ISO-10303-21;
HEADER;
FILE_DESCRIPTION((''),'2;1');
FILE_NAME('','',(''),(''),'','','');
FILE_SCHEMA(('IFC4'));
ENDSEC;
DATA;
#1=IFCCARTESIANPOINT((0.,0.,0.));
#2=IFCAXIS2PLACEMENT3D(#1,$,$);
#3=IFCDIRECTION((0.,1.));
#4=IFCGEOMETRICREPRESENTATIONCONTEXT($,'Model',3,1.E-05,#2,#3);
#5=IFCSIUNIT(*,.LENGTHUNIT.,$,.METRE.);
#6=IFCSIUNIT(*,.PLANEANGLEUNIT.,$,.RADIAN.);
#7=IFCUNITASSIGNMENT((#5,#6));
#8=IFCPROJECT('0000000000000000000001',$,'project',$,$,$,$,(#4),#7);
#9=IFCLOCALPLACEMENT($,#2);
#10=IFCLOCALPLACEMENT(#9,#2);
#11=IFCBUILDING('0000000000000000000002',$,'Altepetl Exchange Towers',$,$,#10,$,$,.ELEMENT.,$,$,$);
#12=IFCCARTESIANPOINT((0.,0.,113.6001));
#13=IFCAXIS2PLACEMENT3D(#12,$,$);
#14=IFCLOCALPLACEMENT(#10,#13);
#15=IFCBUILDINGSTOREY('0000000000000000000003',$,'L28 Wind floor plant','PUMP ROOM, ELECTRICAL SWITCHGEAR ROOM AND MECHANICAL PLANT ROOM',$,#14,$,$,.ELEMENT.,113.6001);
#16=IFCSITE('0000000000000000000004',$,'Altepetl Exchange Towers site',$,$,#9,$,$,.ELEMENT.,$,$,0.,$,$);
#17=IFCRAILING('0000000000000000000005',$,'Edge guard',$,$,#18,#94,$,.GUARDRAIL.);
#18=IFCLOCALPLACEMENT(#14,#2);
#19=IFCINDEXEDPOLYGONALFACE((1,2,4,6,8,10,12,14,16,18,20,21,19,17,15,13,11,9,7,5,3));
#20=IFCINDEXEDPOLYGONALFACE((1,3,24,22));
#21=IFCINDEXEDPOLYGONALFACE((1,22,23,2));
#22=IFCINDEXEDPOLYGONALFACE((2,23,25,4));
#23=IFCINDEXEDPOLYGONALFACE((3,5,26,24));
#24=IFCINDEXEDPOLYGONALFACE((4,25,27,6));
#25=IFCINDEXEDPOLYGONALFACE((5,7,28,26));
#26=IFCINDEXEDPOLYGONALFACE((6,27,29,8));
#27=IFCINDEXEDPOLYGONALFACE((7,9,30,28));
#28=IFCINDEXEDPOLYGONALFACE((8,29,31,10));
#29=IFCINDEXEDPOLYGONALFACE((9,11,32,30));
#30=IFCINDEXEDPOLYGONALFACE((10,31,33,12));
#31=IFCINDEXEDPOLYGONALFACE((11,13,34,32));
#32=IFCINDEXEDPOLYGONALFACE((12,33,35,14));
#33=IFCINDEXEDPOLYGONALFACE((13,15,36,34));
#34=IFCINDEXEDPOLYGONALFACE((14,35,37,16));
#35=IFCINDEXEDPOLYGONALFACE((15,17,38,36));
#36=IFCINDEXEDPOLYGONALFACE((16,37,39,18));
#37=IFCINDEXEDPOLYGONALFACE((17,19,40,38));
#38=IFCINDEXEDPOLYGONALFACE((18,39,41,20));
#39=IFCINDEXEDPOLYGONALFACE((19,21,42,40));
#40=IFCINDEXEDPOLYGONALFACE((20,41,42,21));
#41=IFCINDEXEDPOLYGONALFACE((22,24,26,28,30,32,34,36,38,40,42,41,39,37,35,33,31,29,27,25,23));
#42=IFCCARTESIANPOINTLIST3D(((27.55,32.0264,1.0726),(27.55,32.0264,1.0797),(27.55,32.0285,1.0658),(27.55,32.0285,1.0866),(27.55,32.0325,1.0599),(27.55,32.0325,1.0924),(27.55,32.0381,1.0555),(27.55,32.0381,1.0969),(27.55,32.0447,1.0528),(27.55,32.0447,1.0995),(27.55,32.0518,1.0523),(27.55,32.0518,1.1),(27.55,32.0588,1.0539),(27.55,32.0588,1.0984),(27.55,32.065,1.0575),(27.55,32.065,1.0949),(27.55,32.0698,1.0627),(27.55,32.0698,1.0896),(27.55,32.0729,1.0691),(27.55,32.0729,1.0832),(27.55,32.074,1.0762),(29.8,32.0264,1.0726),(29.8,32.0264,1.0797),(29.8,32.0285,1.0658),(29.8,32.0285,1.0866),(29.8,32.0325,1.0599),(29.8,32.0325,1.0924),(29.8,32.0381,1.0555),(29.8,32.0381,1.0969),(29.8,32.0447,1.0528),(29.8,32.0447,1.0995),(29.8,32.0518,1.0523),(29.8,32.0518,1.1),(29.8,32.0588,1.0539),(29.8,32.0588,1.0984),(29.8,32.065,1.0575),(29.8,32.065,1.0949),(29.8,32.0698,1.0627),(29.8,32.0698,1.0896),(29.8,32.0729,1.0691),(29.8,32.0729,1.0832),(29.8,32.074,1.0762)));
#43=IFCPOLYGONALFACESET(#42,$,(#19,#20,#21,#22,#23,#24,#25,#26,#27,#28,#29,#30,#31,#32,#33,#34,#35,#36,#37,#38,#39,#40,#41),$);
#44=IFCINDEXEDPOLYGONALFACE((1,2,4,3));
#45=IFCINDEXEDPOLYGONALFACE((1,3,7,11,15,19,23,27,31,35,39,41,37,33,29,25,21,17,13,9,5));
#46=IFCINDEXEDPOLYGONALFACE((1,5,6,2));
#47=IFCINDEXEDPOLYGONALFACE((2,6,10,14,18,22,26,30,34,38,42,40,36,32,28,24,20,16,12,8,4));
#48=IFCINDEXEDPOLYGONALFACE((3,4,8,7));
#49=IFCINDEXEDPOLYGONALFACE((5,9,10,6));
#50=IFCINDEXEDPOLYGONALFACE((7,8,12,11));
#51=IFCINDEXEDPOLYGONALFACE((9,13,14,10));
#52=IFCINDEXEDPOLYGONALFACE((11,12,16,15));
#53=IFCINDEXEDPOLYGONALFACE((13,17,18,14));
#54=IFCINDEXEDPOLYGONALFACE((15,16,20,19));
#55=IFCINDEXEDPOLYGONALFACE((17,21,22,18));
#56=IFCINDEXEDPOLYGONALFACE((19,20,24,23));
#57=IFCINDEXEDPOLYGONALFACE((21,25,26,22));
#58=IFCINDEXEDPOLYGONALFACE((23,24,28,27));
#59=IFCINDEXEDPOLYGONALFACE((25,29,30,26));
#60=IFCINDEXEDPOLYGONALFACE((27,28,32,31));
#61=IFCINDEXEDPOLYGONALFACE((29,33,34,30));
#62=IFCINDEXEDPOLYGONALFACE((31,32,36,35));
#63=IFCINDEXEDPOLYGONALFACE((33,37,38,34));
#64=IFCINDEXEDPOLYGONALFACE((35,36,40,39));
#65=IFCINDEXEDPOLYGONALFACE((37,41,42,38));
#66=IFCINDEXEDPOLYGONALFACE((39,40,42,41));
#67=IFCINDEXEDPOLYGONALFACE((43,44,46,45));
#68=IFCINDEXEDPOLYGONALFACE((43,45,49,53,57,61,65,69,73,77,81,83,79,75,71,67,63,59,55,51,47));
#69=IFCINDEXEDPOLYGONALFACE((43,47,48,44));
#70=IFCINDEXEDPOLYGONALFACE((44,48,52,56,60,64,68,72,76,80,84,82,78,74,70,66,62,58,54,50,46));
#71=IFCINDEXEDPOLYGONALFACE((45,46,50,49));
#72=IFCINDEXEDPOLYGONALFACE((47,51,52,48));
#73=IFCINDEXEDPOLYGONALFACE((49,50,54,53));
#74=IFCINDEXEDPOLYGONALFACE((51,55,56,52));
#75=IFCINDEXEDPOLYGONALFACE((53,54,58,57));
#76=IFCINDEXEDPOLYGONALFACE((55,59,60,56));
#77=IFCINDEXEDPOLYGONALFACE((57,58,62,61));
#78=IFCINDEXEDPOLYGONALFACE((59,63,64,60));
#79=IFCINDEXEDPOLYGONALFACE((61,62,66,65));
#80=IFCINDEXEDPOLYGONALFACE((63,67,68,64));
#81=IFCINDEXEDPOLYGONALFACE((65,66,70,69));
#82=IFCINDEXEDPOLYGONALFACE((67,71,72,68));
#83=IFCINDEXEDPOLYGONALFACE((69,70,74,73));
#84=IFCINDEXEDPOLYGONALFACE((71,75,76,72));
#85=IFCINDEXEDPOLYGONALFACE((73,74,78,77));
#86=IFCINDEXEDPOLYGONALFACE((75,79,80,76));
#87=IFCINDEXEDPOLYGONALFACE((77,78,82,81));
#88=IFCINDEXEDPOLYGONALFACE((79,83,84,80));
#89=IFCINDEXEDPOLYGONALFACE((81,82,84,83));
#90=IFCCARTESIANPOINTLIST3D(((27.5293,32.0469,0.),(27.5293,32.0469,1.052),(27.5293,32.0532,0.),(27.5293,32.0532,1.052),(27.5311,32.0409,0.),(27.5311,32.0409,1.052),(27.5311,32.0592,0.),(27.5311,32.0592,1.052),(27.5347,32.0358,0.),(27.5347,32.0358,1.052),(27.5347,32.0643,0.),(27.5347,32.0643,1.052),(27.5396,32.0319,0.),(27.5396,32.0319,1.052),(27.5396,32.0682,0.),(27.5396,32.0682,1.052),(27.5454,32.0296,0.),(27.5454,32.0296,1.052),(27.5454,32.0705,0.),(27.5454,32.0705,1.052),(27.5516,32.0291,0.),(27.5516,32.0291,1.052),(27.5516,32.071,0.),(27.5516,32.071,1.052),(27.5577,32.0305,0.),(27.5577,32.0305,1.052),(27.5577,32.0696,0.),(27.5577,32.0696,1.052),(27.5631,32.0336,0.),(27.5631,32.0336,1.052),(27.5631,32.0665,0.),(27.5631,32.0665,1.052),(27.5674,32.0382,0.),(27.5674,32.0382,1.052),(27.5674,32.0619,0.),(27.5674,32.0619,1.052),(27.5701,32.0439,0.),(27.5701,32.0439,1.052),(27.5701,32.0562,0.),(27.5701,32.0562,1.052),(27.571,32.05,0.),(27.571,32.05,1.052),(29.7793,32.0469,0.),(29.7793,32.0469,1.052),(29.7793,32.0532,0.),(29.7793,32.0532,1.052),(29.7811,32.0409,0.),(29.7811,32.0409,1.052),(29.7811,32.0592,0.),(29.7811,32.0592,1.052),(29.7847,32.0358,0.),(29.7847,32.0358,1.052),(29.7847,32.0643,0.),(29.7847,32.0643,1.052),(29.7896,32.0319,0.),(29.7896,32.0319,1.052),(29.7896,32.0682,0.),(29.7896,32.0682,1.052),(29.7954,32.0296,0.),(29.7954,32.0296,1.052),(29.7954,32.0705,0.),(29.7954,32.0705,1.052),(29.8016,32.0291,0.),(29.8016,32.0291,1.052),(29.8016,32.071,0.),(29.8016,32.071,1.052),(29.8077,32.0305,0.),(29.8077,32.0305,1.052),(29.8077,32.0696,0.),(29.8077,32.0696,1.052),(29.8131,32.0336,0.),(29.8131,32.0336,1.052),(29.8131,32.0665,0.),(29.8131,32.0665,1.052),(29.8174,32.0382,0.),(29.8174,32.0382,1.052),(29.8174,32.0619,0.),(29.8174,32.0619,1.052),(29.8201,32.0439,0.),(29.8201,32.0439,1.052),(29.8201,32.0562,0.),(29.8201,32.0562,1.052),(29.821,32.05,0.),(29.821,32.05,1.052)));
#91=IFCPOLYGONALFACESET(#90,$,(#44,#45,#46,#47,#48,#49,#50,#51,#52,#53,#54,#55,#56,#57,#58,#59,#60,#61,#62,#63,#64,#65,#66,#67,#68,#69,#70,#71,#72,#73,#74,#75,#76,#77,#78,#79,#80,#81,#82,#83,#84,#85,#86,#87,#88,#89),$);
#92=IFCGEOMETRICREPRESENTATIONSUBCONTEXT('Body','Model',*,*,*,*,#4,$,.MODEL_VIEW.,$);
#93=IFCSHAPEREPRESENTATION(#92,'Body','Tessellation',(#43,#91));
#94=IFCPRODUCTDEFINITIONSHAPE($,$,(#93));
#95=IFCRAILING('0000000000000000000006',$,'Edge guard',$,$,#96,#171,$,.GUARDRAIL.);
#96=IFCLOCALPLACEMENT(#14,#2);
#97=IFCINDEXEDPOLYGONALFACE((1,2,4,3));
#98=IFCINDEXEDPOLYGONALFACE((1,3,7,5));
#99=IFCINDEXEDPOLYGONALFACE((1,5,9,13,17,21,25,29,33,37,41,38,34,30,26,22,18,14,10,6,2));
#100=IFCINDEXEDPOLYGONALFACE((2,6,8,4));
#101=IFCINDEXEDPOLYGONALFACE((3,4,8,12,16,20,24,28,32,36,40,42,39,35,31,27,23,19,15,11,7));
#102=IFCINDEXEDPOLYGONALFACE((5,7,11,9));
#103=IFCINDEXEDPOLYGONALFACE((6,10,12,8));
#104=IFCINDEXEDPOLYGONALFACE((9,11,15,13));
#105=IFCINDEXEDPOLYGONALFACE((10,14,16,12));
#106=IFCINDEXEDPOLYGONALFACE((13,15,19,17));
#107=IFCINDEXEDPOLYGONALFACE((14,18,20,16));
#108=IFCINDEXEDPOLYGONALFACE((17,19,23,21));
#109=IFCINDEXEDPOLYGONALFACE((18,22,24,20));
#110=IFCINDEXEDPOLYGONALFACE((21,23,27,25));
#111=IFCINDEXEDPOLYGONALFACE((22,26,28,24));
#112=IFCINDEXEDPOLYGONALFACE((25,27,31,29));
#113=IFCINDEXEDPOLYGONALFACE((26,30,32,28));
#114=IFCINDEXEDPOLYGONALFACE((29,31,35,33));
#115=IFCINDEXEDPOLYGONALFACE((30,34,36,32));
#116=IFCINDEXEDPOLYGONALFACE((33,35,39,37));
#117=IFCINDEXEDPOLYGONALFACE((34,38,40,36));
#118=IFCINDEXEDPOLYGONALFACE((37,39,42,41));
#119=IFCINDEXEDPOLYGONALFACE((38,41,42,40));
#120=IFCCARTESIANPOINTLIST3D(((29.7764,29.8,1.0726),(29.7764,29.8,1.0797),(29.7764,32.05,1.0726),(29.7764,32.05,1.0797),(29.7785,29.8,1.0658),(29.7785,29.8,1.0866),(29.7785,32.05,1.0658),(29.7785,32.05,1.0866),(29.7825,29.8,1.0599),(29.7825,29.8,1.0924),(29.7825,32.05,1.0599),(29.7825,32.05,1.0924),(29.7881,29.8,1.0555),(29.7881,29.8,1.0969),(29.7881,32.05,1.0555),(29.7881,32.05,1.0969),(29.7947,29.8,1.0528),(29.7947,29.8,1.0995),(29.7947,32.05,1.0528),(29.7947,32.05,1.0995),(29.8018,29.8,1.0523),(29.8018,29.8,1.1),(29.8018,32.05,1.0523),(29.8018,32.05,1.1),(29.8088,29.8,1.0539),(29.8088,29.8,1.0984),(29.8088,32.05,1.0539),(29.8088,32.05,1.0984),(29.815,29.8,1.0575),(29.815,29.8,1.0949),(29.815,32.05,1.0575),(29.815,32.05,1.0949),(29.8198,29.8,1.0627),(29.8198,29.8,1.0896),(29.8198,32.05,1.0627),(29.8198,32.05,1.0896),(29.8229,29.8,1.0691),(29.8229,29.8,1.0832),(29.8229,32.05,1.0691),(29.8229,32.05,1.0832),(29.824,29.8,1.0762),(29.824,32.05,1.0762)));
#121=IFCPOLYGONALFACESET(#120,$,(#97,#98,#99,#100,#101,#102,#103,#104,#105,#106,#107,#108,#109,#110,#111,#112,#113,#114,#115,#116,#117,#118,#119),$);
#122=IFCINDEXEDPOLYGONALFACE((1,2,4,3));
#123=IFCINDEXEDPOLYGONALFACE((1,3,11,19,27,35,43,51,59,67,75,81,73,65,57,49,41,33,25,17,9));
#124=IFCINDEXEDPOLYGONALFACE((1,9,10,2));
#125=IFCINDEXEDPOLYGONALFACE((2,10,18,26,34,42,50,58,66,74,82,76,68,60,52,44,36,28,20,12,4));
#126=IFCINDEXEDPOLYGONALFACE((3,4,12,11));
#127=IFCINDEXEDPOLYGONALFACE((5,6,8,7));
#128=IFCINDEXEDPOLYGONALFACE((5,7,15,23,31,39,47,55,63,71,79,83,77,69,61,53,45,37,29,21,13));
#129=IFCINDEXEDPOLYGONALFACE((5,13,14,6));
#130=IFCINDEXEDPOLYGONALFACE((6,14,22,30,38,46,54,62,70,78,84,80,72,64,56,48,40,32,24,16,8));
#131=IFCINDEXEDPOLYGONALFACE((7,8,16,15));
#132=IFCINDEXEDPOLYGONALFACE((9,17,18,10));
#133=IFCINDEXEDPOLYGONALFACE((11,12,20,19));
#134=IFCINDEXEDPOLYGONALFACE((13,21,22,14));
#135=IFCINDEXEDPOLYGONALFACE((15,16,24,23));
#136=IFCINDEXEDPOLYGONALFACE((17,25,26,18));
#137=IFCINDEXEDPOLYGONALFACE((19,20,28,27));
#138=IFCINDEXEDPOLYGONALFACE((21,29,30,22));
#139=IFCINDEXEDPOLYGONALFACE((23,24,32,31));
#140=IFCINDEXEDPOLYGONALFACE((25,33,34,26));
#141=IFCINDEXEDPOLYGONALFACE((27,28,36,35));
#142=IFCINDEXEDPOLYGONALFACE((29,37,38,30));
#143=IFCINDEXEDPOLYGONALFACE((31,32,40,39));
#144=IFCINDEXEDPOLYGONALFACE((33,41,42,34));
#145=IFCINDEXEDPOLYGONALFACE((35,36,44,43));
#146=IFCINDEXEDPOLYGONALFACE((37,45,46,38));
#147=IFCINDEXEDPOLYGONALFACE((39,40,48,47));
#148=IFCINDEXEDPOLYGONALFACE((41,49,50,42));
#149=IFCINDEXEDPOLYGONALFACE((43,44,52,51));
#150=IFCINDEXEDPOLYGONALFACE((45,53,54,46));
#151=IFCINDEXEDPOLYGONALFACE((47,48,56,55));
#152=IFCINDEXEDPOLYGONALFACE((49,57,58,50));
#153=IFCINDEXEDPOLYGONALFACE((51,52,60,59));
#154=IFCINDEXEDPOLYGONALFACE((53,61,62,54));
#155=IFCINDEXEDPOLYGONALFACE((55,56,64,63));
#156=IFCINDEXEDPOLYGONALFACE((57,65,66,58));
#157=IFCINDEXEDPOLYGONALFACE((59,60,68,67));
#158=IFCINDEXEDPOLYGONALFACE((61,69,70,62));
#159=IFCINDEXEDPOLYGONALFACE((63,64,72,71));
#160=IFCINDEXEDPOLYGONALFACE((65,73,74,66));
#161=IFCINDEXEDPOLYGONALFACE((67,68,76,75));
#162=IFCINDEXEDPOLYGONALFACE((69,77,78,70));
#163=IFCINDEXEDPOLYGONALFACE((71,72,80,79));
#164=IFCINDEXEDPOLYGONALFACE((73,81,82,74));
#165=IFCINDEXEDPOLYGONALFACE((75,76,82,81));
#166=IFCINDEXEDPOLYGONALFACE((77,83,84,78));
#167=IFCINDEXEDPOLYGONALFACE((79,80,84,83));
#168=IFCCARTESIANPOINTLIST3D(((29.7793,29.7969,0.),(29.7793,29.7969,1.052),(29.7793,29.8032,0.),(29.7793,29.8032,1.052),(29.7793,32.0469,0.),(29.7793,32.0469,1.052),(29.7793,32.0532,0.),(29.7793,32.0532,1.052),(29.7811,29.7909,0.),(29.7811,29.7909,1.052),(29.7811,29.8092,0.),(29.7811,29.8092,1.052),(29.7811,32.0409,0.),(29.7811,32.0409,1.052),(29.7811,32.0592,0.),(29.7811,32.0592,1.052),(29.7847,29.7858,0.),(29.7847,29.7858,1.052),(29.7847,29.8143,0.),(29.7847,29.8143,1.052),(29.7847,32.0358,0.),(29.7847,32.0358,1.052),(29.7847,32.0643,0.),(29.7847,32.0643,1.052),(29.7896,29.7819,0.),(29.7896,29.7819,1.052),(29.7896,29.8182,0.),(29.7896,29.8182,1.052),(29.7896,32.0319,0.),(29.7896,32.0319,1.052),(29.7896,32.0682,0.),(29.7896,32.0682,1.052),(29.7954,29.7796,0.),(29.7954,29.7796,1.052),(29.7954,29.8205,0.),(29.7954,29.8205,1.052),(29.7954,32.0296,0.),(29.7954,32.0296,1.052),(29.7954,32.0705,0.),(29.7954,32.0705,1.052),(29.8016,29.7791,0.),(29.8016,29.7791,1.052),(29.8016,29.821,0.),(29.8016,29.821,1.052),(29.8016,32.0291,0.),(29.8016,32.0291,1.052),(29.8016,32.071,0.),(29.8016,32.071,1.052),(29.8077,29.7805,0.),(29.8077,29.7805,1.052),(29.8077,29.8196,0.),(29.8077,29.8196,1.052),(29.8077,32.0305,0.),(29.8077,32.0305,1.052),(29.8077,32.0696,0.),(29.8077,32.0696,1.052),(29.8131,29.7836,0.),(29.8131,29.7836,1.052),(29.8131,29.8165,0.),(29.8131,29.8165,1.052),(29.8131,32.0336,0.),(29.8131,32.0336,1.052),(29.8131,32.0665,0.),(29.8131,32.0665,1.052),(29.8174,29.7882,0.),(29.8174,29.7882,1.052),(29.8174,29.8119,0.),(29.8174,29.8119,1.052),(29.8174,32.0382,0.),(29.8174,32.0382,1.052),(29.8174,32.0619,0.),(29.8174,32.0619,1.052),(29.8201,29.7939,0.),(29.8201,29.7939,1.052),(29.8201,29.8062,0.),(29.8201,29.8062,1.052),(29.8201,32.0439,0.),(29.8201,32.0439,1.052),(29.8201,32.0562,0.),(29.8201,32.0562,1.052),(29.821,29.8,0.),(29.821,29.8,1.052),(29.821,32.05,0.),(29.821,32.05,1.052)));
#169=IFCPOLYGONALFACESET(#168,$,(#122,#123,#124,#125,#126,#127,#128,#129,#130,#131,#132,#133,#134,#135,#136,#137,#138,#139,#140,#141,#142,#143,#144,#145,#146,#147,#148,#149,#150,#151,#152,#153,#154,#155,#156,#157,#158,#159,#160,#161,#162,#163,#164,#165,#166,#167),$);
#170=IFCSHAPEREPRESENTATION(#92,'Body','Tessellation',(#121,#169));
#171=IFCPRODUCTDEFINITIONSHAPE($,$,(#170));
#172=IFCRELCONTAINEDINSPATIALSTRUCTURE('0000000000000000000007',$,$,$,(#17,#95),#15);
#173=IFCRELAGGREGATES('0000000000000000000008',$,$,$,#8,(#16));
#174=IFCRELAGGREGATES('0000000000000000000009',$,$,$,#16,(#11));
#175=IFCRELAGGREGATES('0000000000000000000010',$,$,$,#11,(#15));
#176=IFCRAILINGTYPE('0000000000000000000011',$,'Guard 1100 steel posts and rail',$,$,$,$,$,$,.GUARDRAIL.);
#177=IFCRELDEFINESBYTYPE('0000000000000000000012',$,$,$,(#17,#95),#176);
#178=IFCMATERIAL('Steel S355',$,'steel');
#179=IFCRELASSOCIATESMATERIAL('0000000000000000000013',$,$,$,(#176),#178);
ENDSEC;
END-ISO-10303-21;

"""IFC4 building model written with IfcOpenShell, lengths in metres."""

from ifc_helpers import new_model, si_unit, direction, frame, origin, origin_2d, place, context, subcontext, project, spatial, circle, extrude, source, transform, mapped, material, type_object, element, save


model = new_model("IFC4")

# Units and contexts
model_context = context("Model", 3, precision=1e-05, world=origin(), true_north=direction((0.0, 1.0)))
body_context = subcontext(model_context, "Body", "Model", "MODEL_VIEW")
ifc_project = project(units=[si_unit("LENGTHUNIT", "METRE"), si_unit("PLANEANGLEUNIT", "RADIAN")], contexts=[model_context])

# Site, building, storey
site_placement = place(None, origin())
site = spatial("IfcSite", under=ifc_project, at=site_placement, Name="Altepetl Exchange Towers site", CompositionType="ELEMENT", RefElevation=0.0)
building_placement = place(site_placement, origin())
building = spatial("IfcBuilding", under=site, at=building_placement, Name="Altepetl Exchange Towers", CompositionType="ELEMENT")
storey_placement = place(building_placement, frame((0.0, 0.0, 113.6001)))
storey = spatial("IfcBuildingStorey", under=building, at=storey_placement, Name="L28 Wind floor plant", Description="PUMP ROOM, ELECTRICAL SWITCHGEAR ROOM AND MECHANICAL PLANT ROOM", CompositionType="ELEMENT", Elevation=113.6001)

# Shared definitions
ifc_material_1 = material(Name="Steel S355", Category="steel")

# Railings
railing_type = type_object("IfcRailingType", Name="Guard 1100 steel posts and rail", PredefinedType="GUARDRAIL", material=ifc_material_1)
shared_shape = source(origin(), body_context, "Body", "SweptSolid", [
    extrude(circle(Radius=0.021, at=origin_2d()), origin(), (0.0, 0.0, 1.0), 1.052),
])
railing_1_placement = place(storey_placement, frame((27.55, 32.05, 0.0)))
element("IfcRailing", 1, at=railing_1_placement, inside=storey, type_object=railing_type, Name="Edge guard", PredefinedType="GUARDRAIL", context=body_context, shape_type="SweptSolid", body=[
    extrude(circle(Radius=0.0239, at=origin_2d()), frame((0.0, 0.0, 1.0762), z_axis=(1.0, 0.0, 0.0), x_axis=(0.0, 1.0, 0.0)), (0.0, 0.0, 1.0), 2.25),
    mapped(shared_shape, transform((0.0, 0.0, 0.0))),
    mapped(shared_shape, transform((2.25, 0.0, 0.0))),
])
railing_2_placement = place(storey_placement, frame((29.8, 32.05, 0.0)))
element("IfcRailing", 2, at=railing_2_placement, inside=storey, type_object=railing_type, Name="Edge guard", PredefinedType="GUARDRAIL", context=body_context, shape_type="SweptSolid", body=[
    extrude(circle(Radius=0.0239, at=origin_2d()), frame((0.0, 0.0, 1.0762), z_axis=(0.0, -1.0, 0.0), x_axis=(1.0, 0.0, 0.0)), (0.0, 0.0, 1.0), 2.25),
    mapped(shared_shape, transform((0.0, 0.0, 0.0))),
    mapped(shared_shape, transform((0.0, -2.25, 0.0))),
])

save(model, "model.ifc")
